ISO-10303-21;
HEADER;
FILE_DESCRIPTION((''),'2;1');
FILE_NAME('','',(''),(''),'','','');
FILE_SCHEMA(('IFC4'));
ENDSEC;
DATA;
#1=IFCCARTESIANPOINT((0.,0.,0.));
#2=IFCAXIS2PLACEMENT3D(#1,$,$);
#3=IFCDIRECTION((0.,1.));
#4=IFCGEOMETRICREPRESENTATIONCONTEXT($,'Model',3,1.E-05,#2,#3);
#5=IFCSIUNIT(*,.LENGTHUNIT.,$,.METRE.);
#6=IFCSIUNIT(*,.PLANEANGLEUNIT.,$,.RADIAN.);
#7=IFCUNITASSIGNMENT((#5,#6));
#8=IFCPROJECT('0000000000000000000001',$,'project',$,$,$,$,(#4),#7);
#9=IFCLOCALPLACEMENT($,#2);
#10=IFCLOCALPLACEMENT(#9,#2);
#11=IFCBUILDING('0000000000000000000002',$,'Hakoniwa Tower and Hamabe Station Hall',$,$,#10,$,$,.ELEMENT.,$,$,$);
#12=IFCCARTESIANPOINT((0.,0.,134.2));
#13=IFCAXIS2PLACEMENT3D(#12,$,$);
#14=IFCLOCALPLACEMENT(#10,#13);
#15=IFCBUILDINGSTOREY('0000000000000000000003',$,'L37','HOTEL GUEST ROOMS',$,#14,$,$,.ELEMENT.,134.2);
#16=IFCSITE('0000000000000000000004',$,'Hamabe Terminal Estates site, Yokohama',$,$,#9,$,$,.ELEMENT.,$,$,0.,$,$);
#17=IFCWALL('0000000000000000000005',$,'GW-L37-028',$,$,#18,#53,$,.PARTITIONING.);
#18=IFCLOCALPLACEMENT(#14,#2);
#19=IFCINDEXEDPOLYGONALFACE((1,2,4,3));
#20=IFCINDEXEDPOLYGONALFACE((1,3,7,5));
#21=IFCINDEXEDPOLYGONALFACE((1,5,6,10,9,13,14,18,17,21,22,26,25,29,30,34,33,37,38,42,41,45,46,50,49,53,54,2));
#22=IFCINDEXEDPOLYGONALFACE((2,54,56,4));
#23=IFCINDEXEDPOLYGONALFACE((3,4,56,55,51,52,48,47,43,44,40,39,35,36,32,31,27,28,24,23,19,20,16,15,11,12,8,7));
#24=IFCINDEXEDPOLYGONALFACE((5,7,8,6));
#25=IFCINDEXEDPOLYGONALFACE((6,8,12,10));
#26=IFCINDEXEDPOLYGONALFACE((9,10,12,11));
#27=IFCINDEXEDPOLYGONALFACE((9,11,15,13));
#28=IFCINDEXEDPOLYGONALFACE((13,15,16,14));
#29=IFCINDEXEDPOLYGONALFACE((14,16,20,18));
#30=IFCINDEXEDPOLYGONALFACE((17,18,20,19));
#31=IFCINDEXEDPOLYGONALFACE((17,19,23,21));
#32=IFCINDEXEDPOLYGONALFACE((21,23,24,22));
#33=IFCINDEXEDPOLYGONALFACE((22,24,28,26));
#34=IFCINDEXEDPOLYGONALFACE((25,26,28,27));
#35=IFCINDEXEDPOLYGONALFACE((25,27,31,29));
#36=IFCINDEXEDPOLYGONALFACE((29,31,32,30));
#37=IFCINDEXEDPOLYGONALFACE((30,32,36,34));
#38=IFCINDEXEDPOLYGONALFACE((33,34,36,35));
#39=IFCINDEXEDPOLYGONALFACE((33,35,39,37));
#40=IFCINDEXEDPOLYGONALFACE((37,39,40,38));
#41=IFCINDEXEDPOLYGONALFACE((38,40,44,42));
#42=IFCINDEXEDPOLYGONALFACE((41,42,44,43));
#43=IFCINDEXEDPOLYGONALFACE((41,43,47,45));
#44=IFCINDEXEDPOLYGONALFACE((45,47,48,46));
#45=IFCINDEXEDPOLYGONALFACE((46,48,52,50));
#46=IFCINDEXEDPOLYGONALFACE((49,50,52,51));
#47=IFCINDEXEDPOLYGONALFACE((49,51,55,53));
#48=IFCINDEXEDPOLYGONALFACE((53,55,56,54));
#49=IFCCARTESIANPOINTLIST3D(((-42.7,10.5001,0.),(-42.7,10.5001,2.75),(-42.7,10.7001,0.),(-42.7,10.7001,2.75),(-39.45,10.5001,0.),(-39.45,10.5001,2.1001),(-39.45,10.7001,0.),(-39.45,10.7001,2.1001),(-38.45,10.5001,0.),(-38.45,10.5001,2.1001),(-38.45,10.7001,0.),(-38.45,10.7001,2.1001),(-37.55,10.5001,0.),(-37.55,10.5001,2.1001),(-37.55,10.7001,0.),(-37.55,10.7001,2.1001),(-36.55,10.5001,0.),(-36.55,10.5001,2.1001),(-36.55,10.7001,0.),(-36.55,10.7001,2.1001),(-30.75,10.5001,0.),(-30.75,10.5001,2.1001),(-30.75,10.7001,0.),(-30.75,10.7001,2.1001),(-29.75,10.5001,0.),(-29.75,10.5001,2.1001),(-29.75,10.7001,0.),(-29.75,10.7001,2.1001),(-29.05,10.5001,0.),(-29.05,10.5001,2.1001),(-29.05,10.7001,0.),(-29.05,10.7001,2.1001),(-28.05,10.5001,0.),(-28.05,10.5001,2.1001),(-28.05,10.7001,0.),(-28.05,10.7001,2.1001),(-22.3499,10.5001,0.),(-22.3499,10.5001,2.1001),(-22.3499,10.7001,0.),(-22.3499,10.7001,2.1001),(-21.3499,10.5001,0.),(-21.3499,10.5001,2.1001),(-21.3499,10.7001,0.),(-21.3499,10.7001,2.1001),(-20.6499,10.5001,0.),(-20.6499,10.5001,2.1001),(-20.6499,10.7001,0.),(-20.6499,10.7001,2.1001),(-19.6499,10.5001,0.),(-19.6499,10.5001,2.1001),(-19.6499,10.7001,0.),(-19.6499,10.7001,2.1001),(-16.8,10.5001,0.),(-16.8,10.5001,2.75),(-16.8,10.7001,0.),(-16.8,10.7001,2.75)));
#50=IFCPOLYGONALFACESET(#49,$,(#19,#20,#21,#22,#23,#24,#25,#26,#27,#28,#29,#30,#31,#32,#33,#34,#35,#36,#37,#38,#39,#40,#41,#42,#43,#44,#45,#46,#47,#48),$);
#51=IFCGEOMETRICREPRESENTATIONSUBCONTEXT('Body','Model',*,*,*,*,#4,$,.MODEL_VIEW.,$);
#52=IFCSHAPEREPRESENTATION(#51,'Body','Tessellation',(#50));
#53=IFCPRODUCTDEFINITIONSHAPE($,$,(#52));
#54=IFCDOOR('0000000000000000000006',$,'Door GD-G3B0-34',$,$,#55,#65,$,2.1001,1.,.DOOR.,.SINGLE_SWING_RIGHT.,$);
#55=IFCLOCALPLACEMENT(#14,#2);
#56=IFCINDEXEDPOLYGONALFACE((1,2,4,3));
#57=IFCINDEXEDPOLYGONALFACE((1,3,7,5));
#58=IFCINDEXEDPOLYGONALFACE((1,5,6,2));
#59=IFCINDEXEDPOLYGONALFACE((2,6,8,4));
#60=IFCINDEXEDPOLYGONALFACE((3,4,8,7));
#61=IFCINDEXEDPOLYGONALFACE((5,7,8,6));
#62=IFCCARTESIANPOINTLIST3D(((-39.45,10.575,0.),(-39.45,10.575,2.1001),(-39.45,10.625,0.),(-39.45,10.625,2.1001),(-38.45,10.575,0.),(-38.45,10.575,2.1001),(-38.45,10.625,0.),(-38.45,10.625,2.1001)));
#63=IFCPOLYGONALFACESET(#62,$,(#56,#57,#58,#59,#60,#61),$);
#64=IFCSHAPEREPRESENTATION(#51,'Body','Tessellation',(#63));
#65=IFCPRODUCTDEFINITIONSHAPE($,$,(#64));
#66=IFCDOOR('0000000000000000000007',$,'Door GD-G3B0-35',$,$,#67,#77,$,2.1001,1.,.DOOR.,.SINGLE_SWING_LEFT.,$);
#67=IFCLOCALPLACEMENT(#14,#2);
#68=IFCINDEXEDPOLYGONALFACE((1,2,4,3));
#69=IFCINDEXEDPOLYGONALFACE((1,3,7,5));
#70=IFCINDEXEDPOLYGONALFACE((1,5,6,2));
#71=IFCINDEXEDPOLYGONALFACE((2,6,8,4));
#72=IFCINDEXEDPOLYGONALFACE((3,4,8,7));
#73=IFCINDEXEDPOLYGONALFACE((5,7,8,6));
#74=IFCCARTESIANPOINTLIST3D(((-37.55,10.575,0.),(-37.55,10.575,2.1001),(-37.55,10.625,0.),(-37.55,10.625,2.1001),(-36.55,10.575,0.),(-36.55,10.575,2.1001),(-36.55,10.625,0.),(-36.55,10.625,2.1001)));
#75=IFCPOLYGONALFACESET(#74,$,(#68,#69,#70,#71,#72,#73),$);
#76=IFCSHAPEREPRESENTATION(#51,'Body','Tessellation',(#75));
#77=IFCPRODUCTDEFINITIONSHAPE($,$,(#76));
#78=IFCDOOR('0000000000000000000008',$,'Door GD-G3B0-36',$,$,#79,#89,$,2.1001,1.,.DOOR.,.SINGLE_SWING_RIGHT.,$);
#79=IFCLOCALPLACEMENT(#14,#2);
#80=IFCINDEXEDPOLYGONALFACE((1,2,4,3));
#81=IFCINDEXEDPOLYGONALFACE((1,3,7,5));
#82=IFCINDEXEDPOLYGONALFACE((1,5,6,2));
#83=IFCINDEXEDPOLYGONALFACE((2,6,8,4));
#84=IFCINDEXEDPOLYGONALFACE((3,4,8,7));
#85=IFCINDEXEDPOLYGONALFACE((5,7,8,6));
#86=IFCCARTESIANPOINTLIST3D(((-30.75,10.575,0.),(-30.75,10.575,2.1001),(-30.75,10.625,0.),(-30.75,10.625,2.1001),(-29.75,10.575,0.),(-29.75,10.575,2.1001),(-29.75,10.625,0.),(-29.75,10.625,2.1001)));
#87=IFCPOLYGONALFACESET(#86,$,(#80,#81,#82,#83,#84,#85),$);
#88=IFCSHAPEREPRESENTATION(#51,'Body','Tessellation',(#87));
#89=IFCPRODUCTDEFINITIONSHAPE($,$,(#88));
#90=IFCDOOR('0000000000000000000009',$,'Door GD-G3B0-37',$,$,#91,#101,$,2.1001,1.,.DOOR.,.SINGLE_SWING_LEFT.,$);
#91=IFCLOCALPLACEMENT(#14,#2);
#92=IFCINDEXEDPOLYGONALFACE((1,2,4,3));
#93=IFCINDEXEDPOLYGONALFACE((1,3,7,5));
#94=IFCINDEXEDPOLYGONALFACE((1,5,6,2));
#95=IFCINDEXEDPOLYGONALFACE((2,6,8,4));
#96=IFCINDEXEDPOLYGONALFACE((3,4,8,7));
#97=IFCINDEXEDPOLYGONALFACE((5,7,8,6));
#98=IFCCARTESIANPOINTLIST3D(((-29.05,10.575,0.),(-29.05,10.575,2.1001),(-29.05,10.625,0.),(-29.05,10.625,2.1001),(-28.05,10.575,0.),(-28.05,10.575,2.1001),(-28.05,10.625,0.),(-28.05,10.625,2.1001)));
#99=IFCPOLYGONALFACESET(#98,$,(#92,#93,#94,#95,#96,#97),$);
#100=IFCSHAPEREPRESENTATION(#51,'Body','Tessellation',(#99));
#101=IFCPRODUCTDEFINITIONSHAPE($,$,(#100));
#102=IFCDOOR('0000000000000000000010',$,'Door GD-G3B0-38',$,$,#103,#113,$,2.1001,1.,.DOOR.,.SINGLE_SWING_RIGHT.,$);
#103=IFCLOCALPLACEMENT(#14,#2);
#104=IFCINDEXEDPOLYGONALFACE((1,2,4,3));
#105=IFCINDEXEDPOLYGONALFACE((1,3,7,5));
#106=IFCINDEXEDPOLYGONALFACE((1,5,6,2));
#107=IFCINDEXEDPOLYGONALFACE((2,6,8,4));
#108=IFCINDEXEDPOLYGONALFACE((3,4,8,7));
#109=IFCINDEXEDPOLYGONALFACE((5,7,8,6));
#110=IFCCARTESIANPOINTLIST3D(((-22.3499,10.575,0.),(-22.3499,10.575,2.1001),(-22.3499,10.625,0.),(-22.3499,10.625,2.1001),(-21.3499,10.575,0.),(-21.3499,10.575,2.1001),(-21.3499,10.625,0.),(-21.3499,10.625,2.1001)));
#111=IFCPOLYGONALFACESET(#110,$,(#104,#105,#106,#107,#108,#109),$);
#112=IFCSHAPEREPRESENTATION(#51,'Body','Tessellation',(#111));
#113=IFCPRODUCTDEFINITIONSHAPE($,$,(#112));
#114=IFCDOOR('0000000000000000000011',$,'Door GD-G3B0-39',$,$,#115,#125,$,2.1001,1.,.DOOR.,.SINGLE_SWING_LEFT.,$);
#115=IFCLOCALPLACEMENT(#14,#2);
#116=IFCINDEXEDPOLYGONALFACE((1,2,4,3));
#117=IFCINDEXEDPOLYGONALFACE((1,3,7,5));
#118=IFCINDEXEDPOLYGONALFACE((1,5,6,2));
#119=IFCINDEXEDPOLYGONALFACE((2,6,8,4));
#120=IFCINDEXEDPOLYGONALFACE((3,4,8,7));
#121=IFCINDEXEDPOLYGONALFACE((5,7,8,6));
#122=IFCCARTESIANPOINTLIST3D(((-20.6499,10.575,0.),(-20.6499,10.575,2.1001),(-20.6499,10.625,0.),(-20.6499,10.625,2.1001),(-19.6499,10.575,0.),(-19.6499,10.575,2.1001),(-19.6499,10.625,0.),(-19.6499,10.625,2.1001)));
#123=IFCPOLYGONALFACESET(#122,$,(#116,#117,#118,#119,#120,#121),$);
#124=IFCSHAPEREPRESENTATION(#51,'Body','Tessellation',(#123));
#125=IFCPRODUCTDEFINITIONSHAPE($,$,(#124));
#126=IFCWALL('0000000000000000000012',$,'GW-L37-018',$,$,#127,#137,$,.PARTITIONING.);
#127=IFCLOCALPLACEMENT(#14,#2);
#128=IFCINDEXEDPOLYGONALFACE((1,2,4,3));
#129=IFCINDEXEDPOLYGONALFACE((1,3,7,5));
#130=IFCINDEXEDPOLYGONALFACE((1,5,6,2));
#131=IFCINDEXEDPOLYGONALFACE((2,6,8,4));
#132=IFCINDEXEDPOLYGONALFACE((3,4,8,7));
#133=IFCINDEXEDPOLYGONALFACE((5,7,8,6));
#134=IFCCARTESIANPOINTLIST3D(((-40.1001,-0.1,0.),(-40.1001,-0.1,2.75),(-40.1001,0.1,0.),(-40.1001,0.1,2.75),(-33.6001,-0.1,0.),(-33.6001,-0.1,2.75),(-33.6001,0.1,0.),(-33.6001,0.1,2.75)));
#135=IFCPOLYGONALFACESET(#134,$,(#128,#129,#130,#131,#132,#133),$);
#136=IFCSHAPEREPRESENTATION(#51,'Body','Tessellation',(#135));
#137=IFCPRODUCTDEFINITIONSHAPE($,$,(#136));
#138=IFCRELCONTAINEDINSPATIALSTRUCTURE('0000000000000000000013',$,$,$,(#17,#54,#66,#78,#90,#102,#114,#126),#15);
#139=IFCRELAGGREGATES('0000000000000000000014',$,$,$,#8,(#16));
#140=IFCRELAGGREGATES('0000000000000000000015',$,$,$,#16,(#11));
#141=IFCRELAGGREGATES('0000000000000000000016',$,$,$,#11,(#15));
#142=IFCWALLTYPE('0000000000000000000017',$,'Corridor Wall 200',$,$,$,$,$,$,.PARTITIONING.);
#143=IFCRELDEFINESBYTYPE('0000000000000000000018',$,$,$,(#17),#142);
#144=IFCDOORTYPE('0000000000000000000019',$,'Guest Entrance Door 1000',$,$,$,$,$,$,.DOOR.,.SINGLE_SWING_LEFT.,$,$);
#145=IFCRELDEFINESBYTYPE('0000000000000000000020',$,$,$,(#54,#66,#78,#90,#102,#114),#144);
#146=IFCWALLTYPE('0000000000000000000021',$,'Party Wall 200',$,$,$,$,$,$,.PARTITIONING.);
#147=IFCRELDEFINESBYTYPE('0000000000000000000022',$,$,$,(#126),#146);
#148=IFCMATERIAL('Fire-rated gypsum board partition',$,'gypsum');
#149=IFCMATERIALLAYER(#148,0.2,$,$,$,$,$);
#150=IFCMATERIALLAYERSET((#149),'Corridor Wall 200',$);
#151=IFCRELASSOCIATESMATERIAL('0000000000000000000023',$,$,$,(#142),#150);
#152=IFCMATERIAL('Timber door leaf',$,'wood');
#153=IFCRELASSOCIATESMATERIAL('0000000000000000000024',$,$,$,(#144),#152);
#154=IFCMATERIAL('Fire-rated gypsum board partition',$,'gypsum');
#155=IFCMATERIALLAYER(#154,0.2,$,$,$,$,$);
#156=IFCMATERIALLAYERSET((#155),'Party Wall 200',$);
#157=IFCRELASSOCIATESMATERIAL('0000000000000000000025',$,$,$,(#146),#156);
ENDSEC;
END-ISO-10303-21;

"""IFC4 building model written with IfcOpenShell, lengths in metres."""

from ifc_helpers import new_model, si_unit, direction, frame, frame_2d, origin, place, context, subcontext, project, spatial, rectangle, extrude, material, layer, layer_set, type_object, element, fill, save


model = new_model("IFC4")

# Units and contexts
model_context = context("Model", 3, precision=1e-05, world=origin(), true_north=direction((0.0, 1.0)))
body_context = subcontext(model_context, "Body", "Model", "MODEL_VIEW")
ifc_project = project(units=[si_unit("LENGTHUNIT", "METRE"), si_unit("PLANEANGLEUNIT", "RADIAN")], contexts=[model_context])

# Site, building, storey
site_placement = place(None, origin())
site = spatial("IfcSite", under=ifc_project, at=site_placement, Name="Hamabe Terminal Estates site, Yokohama", CompositionType="ELEMENT", RefElevation=0.0)
building_placement = place(site_placement, origin())
building = spatial("IfcBuilding", under=site, at=building_placement, Name="Hakoniwa Tower and Hamabe Station Hall", CompositionType="ELEMENT")
storey_placement = place(building_placement, frame((0.0, 0.0, 134.2)))
storey = spatial("IfcBuildingStorey", under=building, at=storey_placement, Name="L37", Description="HOTEL GUEST ROOMS", CompositionType="ELEMENT", Elevation=134.2)

# Wall, openings, doors
ifc_material_1 = material(Name="Fire-rated gypsum board partition", Category="gypsum")
ifc_layer_1 = layer(ifc_material_1, 0.2)
ifc_layer_set_1 = layer_set([ifc_layer_1], Name="Corridor Wall 200")
wall_type_1 = type_object("IfcWallType", Name="Corridor Wall 200", PredefinedType="PARTITIONING", material=ifc_layer_set_1)
wall_1_placement = place(storey_placement, frame((-42.7, 10.6001, 0.0), z_axis=(0.0, 0.0, 1.0), x_axis=(1.0, 0.0, 0.0)))
wall_1 = element("IfcWall", 1, at=wall_1_placement, inside=storey, type_object=wall_type_1, Name="GW-L37-028", PredefinedType="PARTITIONING", context=body_context, shape_type="SweptSolid", body=[
    extrude(rectangle(XDim=25.8999, YDim=0.2, at=frame_2d((12.95, 0.0))), origin(), (0.0, 0.0, 1.0), 2.75),
])
opening_1_placement = place(wall_1_placement, frame((3.25, 0.0, 0.0)))
opening_1 = element("IfcOpeningElement", 2, at=opening_1_placement, cuts=wall_1, PredefinedType="OPENING", context=body_context, shape_type="SweptSolid", body=[
    extrude(rectangle(XDim=1.0, YDim=2.1001, at=frame_2d((0.5, 1.05))), frame((0.0, 0.1099, 0.0), z_axis=(0.0, -1.0, 0.0), x_axis=(1.0, 0.0, 0.0)), (0.0, 0.0, 1.0), 0.22),
])
opening_2_placement = place(wall_1_placement, frame((5.1499, 0.0, 0.0)))
opening_2 = element("IfcOpeningElement", 3, at=opening_2_placement, cuts=wall_1, PredefinedType="OPENING", context=body_context, shape_type="SweptSolid", body=[
    extrude(rectangle(XDim=1.0, YDim=2.1001, at=frame_2d((0.5, 1.05))), frame((0.0, 0.1099, 0.0), z_axis=(0.0, -1.0, 0.0), x_axis=(1.0, 0.0, 0.0)), (0.0, 0.0, 1.0), 0.22),
])
opening_3_placement = place(wall_1_placement, frame((11.95, 0.0, 0.0)))
opening_3 = element("IfcOpeningElement", 4, at=opening_3_placement, cuts=wall_1, PredefinedType="OPENING", context=body_context, shape_type="SweptSolid", body=[
    extrude(rectangle(XDim=1.0, YDim=2.1001, at=frame_2d((0.5, 1.05))), frame((0.0, 0.1099, 0.0), z_axis=(0.0, -1.0, 0.0), x_axis=(1.0, 0.0, 0.0)), (0.0, 0.0, 1.0), 0.22),
])
opening_4_placement = place(wall_1_placement, frame((13.6499, 0.0, 0.0)))
opening_4 = element("IfcOpeningElement", 5, at=opening_4_placement, cuts=wall_1, PredefinedType="OPENING", context=body_context, shape_type="SweptSolid", body=[
    extrude(rectangle(XDim=1.0, YDim=2.1001, at=frame_2d((0.5, 1.05))), frame((0.0, 0.1099, 0.0), z_axis=(0.0, -1.0, 0.0), x_axis=(1.0, 0.0, 0.0)), (0.0, 0.0, 1.0), 0.22),
])
opening_5_placement = place(wall_1_placement, frame((20.3501, 0.0, 0.0)))
opening_5 = element("IfcOpeningElement", 6, at=opening_5_placement, cuts=wall_1, PredefinedType="OPENING", context=body_context, shape_type="SweptSolid", body=[
    extrude(rectangle(XDim=1.0, YDim=2.1001, at=frame_2d((0.5, 1.05))), frame((0.0, 0.1099, 0.0), z_axis=(0.0, -1.0, 0.0), x_axis=(1.0, 0.0, 0.0)), (0.0, 0.0, 1.0), 0.22),
])
opening_6_placement = place(wall_1_placement, frame((22.05, 0.0, 0.0)))
opening_6 = element("IfcOpeningElement", 7, at=opening_6_placement, cuts=wall_1, PredefinedType="OPENING", context=body_context, shape_type="SweptSolid", body=[
    extrude(rectangle(XDim=1.0, YDim=2.1001, at=frame_2d((0.5, 1.05))), frame((0.0, 0.1099, 0.0), z_axis=(0.0, -1.0, 0.0), x_axis=(1.0, 0.0, 0.0)), (0.0, 0.0, 1.0), 0.22),
])
ifc_material_2 = material(Name="Timber door leaf", Category="wood")
door_type_1 = type_object("IfcDoorType", Name="Guest Entrance Door 1000", OperationType="SINGLE_SWING_LEFT", PredefinedType="DOOR", material=ifc_material_2)
door_1_placement = place(opening_1_placement, origin())
door_1 = element("IfcDoor", 8, at=door_1_placement, inside=storey, type_object=door_type_1, Name="Door GD-G3B0-34", OperationType="SINGLE_SWING_RIGHT", OverallHeight=2.1001, OverallWidth=1.0, PredefinedType="DOOR", context=body_context, shape_type="SweptSolid", body=[
    extrude(rectangle(XDim=1.0, YDim=2.1001, at=frame_2d((0.5, 1.05))), frame((0.0, 0.0249, 0.0), z_axis=(0.0, -1.0, 0.0), x_axis=(1.0, 0.0, 0.0)), (0.0, 0.0, 1.0), 0.05),
])
fill(opening_1, door_1)
door_2_placement = place(opening_2_placement, origin())
door_2 = element("IfcDoor", 9, at=door_2_placement, inside=storey, type_object=door_type_1, Name="Door GD-G3B0-35", OperationType="SINGLE_SWING_LEFT", OverallHeight=2.1001, OverallWidth=1.0, PredefinedType="DOOR", context=body_context, shape_type="SweptSolid", body=[
    extrude(rectangle(XDim=1.0, YDim=2.1001, at=frame_2d((0.5, 1.05))), frame((0.0, 0.0249, 0.0), z_axis=(0.0, -1.0, 0.0), x_axis=(1.0, 0.0, 0.0)), (0.0, 0.0, 1.0), 0.05),
])
fill(opening_2, door_2)
door_3_placement = place(opening_3_placement, origin())
door_3 = element("IfcDoor", 10, at=door_3_placement, inside=storey, type_object=door_type_1, Name="Door GD-G3B0-36", OperationType="SINGLE_SWING_RIGHT", OverallHeight=2.1001, OverallWidth=1.0, PredefinedType="DOOR", context=body_context, shape_type="SweptSolid", body=[
    extrude(rectangle(XDim=1.0, YDim=2.1001, at=frame_2d((0.5, 1.05))), frame((0.0, 0.0249, 0.0), z_axis=(0.0, -1.0, 0.0), x_axis=(1.0, 0.0, 0.0)), (0.0, 0.0, 1.0), 0.05),
])
fill(opening_3, door_3)
door_4_placement = place(opening_4_placement, origin())
door_4 = element("IfcDoor", 11, at=door_4_placement, inside=storey, type_object=door_type_1, Name="Door GD-G3B0-37", OperationType="SINGLE_SWING_LEFT", OverallHeight=2.1001, OverallWidth=1.0, PredefinedType="DOOR", context=body_context, shape_type="SweptSolid", body=[
    extrude(rectangle(XDim=1.0, YDim=2.1001, at=frame_2d((0.5, 1.05))), frame((0.0, 0.0249, 0.0), z_axis=(0.0, -1.0, 0.0), x_axis=(1.0, 0.0, 0.0)), (0.0, 0.0, 1.0), 0.05),
])
fill(opening_4, door_4)
door_5_placement = place(opening_5_placement, origin())
door_5 = element("IfcDoor", 12, at=door_5_placement, inside=storey, type_object=door_type_1, Name="Door GD-G3B0-38", OperationType="SINGLE_SWING_RIGHT", OverallHeight=2.1001, OverallWidth=1.0, PredefinedType="DOOR", context=body_context, shape_type="SweptSolid", body=[
    extrude(rectangle(XDim=1.0, YDim=2.1001, at=frame_2d((0.5, 1.05))), frame((0.0, 0.0249, 0.0), z_axis=(0.0, -1.0, 0.0), x_axis=(1.0, 0.0, 0.0)), (0.0, 0.0, 1.0), 0.05),
])
fill(opening_5, door_5)
door_6_placement = place(opening_6_placement, origin())
door_6 = element("IfcDoor", 13, at=door_6_placement, inside=storey, type_object=door_type_1, Name="Door GD-G3B0-39", OperationType="SINGLE_SWING_LEFT", OverallHeight=2.1001, OverallWidth=1.0, PredefinedType="DOOR", context=body_context, shape_type="SweptSolid", body=[
    extrude(rectangle(XDim=1.0, YDim=2.1001, at=frame_2d((0.5, 1.05))), frame((0.0, 0.0249, 0.0), z_axis=(0.0, -1.0, 0.0), x_axis=(1.0, 0.0, 0.0)), (0.0, 0.0, 1.0), 0.05),
])
fill(opening_6, door_6)

# Wall
ifc_material_3 = material(Name="Fire-rated gypsum board partition", Category="gypsum")
ifc_layer_2 = layer(ifc_material_3, 0.2)
ifc_layer_set_2 = layer_set([ifc_layer_2], Name="Party Wall 200")
wall_type_2 = type_object("IfcWallType", Name="Party Wall 200", PredefinedType="PARTITIONING", material=ifc_layer_set_2)
wall_2_placement = place(storey_placement, frame((-40.1001, 0.0, 0.0), z_axis=(0.0, 0.0, 1.0), x_axis=(1.0, 0.0, 0.0)))
element("IfcWall", 14, at=wall_2_placement, inside=storey, type_object=wall_type_2, Name="GW-L37-018", PredefinedType="PARTITIONING", context=body_context, shape_type="SweptSolid", body=[
    extrude(rectangle(XDim=6.5, YDim=0.2, at=frame_2d((3.25, 0.0))), origin(), (0.0, 0.0, 1.0), 2.75),
])

save(model, "model.ifc")
